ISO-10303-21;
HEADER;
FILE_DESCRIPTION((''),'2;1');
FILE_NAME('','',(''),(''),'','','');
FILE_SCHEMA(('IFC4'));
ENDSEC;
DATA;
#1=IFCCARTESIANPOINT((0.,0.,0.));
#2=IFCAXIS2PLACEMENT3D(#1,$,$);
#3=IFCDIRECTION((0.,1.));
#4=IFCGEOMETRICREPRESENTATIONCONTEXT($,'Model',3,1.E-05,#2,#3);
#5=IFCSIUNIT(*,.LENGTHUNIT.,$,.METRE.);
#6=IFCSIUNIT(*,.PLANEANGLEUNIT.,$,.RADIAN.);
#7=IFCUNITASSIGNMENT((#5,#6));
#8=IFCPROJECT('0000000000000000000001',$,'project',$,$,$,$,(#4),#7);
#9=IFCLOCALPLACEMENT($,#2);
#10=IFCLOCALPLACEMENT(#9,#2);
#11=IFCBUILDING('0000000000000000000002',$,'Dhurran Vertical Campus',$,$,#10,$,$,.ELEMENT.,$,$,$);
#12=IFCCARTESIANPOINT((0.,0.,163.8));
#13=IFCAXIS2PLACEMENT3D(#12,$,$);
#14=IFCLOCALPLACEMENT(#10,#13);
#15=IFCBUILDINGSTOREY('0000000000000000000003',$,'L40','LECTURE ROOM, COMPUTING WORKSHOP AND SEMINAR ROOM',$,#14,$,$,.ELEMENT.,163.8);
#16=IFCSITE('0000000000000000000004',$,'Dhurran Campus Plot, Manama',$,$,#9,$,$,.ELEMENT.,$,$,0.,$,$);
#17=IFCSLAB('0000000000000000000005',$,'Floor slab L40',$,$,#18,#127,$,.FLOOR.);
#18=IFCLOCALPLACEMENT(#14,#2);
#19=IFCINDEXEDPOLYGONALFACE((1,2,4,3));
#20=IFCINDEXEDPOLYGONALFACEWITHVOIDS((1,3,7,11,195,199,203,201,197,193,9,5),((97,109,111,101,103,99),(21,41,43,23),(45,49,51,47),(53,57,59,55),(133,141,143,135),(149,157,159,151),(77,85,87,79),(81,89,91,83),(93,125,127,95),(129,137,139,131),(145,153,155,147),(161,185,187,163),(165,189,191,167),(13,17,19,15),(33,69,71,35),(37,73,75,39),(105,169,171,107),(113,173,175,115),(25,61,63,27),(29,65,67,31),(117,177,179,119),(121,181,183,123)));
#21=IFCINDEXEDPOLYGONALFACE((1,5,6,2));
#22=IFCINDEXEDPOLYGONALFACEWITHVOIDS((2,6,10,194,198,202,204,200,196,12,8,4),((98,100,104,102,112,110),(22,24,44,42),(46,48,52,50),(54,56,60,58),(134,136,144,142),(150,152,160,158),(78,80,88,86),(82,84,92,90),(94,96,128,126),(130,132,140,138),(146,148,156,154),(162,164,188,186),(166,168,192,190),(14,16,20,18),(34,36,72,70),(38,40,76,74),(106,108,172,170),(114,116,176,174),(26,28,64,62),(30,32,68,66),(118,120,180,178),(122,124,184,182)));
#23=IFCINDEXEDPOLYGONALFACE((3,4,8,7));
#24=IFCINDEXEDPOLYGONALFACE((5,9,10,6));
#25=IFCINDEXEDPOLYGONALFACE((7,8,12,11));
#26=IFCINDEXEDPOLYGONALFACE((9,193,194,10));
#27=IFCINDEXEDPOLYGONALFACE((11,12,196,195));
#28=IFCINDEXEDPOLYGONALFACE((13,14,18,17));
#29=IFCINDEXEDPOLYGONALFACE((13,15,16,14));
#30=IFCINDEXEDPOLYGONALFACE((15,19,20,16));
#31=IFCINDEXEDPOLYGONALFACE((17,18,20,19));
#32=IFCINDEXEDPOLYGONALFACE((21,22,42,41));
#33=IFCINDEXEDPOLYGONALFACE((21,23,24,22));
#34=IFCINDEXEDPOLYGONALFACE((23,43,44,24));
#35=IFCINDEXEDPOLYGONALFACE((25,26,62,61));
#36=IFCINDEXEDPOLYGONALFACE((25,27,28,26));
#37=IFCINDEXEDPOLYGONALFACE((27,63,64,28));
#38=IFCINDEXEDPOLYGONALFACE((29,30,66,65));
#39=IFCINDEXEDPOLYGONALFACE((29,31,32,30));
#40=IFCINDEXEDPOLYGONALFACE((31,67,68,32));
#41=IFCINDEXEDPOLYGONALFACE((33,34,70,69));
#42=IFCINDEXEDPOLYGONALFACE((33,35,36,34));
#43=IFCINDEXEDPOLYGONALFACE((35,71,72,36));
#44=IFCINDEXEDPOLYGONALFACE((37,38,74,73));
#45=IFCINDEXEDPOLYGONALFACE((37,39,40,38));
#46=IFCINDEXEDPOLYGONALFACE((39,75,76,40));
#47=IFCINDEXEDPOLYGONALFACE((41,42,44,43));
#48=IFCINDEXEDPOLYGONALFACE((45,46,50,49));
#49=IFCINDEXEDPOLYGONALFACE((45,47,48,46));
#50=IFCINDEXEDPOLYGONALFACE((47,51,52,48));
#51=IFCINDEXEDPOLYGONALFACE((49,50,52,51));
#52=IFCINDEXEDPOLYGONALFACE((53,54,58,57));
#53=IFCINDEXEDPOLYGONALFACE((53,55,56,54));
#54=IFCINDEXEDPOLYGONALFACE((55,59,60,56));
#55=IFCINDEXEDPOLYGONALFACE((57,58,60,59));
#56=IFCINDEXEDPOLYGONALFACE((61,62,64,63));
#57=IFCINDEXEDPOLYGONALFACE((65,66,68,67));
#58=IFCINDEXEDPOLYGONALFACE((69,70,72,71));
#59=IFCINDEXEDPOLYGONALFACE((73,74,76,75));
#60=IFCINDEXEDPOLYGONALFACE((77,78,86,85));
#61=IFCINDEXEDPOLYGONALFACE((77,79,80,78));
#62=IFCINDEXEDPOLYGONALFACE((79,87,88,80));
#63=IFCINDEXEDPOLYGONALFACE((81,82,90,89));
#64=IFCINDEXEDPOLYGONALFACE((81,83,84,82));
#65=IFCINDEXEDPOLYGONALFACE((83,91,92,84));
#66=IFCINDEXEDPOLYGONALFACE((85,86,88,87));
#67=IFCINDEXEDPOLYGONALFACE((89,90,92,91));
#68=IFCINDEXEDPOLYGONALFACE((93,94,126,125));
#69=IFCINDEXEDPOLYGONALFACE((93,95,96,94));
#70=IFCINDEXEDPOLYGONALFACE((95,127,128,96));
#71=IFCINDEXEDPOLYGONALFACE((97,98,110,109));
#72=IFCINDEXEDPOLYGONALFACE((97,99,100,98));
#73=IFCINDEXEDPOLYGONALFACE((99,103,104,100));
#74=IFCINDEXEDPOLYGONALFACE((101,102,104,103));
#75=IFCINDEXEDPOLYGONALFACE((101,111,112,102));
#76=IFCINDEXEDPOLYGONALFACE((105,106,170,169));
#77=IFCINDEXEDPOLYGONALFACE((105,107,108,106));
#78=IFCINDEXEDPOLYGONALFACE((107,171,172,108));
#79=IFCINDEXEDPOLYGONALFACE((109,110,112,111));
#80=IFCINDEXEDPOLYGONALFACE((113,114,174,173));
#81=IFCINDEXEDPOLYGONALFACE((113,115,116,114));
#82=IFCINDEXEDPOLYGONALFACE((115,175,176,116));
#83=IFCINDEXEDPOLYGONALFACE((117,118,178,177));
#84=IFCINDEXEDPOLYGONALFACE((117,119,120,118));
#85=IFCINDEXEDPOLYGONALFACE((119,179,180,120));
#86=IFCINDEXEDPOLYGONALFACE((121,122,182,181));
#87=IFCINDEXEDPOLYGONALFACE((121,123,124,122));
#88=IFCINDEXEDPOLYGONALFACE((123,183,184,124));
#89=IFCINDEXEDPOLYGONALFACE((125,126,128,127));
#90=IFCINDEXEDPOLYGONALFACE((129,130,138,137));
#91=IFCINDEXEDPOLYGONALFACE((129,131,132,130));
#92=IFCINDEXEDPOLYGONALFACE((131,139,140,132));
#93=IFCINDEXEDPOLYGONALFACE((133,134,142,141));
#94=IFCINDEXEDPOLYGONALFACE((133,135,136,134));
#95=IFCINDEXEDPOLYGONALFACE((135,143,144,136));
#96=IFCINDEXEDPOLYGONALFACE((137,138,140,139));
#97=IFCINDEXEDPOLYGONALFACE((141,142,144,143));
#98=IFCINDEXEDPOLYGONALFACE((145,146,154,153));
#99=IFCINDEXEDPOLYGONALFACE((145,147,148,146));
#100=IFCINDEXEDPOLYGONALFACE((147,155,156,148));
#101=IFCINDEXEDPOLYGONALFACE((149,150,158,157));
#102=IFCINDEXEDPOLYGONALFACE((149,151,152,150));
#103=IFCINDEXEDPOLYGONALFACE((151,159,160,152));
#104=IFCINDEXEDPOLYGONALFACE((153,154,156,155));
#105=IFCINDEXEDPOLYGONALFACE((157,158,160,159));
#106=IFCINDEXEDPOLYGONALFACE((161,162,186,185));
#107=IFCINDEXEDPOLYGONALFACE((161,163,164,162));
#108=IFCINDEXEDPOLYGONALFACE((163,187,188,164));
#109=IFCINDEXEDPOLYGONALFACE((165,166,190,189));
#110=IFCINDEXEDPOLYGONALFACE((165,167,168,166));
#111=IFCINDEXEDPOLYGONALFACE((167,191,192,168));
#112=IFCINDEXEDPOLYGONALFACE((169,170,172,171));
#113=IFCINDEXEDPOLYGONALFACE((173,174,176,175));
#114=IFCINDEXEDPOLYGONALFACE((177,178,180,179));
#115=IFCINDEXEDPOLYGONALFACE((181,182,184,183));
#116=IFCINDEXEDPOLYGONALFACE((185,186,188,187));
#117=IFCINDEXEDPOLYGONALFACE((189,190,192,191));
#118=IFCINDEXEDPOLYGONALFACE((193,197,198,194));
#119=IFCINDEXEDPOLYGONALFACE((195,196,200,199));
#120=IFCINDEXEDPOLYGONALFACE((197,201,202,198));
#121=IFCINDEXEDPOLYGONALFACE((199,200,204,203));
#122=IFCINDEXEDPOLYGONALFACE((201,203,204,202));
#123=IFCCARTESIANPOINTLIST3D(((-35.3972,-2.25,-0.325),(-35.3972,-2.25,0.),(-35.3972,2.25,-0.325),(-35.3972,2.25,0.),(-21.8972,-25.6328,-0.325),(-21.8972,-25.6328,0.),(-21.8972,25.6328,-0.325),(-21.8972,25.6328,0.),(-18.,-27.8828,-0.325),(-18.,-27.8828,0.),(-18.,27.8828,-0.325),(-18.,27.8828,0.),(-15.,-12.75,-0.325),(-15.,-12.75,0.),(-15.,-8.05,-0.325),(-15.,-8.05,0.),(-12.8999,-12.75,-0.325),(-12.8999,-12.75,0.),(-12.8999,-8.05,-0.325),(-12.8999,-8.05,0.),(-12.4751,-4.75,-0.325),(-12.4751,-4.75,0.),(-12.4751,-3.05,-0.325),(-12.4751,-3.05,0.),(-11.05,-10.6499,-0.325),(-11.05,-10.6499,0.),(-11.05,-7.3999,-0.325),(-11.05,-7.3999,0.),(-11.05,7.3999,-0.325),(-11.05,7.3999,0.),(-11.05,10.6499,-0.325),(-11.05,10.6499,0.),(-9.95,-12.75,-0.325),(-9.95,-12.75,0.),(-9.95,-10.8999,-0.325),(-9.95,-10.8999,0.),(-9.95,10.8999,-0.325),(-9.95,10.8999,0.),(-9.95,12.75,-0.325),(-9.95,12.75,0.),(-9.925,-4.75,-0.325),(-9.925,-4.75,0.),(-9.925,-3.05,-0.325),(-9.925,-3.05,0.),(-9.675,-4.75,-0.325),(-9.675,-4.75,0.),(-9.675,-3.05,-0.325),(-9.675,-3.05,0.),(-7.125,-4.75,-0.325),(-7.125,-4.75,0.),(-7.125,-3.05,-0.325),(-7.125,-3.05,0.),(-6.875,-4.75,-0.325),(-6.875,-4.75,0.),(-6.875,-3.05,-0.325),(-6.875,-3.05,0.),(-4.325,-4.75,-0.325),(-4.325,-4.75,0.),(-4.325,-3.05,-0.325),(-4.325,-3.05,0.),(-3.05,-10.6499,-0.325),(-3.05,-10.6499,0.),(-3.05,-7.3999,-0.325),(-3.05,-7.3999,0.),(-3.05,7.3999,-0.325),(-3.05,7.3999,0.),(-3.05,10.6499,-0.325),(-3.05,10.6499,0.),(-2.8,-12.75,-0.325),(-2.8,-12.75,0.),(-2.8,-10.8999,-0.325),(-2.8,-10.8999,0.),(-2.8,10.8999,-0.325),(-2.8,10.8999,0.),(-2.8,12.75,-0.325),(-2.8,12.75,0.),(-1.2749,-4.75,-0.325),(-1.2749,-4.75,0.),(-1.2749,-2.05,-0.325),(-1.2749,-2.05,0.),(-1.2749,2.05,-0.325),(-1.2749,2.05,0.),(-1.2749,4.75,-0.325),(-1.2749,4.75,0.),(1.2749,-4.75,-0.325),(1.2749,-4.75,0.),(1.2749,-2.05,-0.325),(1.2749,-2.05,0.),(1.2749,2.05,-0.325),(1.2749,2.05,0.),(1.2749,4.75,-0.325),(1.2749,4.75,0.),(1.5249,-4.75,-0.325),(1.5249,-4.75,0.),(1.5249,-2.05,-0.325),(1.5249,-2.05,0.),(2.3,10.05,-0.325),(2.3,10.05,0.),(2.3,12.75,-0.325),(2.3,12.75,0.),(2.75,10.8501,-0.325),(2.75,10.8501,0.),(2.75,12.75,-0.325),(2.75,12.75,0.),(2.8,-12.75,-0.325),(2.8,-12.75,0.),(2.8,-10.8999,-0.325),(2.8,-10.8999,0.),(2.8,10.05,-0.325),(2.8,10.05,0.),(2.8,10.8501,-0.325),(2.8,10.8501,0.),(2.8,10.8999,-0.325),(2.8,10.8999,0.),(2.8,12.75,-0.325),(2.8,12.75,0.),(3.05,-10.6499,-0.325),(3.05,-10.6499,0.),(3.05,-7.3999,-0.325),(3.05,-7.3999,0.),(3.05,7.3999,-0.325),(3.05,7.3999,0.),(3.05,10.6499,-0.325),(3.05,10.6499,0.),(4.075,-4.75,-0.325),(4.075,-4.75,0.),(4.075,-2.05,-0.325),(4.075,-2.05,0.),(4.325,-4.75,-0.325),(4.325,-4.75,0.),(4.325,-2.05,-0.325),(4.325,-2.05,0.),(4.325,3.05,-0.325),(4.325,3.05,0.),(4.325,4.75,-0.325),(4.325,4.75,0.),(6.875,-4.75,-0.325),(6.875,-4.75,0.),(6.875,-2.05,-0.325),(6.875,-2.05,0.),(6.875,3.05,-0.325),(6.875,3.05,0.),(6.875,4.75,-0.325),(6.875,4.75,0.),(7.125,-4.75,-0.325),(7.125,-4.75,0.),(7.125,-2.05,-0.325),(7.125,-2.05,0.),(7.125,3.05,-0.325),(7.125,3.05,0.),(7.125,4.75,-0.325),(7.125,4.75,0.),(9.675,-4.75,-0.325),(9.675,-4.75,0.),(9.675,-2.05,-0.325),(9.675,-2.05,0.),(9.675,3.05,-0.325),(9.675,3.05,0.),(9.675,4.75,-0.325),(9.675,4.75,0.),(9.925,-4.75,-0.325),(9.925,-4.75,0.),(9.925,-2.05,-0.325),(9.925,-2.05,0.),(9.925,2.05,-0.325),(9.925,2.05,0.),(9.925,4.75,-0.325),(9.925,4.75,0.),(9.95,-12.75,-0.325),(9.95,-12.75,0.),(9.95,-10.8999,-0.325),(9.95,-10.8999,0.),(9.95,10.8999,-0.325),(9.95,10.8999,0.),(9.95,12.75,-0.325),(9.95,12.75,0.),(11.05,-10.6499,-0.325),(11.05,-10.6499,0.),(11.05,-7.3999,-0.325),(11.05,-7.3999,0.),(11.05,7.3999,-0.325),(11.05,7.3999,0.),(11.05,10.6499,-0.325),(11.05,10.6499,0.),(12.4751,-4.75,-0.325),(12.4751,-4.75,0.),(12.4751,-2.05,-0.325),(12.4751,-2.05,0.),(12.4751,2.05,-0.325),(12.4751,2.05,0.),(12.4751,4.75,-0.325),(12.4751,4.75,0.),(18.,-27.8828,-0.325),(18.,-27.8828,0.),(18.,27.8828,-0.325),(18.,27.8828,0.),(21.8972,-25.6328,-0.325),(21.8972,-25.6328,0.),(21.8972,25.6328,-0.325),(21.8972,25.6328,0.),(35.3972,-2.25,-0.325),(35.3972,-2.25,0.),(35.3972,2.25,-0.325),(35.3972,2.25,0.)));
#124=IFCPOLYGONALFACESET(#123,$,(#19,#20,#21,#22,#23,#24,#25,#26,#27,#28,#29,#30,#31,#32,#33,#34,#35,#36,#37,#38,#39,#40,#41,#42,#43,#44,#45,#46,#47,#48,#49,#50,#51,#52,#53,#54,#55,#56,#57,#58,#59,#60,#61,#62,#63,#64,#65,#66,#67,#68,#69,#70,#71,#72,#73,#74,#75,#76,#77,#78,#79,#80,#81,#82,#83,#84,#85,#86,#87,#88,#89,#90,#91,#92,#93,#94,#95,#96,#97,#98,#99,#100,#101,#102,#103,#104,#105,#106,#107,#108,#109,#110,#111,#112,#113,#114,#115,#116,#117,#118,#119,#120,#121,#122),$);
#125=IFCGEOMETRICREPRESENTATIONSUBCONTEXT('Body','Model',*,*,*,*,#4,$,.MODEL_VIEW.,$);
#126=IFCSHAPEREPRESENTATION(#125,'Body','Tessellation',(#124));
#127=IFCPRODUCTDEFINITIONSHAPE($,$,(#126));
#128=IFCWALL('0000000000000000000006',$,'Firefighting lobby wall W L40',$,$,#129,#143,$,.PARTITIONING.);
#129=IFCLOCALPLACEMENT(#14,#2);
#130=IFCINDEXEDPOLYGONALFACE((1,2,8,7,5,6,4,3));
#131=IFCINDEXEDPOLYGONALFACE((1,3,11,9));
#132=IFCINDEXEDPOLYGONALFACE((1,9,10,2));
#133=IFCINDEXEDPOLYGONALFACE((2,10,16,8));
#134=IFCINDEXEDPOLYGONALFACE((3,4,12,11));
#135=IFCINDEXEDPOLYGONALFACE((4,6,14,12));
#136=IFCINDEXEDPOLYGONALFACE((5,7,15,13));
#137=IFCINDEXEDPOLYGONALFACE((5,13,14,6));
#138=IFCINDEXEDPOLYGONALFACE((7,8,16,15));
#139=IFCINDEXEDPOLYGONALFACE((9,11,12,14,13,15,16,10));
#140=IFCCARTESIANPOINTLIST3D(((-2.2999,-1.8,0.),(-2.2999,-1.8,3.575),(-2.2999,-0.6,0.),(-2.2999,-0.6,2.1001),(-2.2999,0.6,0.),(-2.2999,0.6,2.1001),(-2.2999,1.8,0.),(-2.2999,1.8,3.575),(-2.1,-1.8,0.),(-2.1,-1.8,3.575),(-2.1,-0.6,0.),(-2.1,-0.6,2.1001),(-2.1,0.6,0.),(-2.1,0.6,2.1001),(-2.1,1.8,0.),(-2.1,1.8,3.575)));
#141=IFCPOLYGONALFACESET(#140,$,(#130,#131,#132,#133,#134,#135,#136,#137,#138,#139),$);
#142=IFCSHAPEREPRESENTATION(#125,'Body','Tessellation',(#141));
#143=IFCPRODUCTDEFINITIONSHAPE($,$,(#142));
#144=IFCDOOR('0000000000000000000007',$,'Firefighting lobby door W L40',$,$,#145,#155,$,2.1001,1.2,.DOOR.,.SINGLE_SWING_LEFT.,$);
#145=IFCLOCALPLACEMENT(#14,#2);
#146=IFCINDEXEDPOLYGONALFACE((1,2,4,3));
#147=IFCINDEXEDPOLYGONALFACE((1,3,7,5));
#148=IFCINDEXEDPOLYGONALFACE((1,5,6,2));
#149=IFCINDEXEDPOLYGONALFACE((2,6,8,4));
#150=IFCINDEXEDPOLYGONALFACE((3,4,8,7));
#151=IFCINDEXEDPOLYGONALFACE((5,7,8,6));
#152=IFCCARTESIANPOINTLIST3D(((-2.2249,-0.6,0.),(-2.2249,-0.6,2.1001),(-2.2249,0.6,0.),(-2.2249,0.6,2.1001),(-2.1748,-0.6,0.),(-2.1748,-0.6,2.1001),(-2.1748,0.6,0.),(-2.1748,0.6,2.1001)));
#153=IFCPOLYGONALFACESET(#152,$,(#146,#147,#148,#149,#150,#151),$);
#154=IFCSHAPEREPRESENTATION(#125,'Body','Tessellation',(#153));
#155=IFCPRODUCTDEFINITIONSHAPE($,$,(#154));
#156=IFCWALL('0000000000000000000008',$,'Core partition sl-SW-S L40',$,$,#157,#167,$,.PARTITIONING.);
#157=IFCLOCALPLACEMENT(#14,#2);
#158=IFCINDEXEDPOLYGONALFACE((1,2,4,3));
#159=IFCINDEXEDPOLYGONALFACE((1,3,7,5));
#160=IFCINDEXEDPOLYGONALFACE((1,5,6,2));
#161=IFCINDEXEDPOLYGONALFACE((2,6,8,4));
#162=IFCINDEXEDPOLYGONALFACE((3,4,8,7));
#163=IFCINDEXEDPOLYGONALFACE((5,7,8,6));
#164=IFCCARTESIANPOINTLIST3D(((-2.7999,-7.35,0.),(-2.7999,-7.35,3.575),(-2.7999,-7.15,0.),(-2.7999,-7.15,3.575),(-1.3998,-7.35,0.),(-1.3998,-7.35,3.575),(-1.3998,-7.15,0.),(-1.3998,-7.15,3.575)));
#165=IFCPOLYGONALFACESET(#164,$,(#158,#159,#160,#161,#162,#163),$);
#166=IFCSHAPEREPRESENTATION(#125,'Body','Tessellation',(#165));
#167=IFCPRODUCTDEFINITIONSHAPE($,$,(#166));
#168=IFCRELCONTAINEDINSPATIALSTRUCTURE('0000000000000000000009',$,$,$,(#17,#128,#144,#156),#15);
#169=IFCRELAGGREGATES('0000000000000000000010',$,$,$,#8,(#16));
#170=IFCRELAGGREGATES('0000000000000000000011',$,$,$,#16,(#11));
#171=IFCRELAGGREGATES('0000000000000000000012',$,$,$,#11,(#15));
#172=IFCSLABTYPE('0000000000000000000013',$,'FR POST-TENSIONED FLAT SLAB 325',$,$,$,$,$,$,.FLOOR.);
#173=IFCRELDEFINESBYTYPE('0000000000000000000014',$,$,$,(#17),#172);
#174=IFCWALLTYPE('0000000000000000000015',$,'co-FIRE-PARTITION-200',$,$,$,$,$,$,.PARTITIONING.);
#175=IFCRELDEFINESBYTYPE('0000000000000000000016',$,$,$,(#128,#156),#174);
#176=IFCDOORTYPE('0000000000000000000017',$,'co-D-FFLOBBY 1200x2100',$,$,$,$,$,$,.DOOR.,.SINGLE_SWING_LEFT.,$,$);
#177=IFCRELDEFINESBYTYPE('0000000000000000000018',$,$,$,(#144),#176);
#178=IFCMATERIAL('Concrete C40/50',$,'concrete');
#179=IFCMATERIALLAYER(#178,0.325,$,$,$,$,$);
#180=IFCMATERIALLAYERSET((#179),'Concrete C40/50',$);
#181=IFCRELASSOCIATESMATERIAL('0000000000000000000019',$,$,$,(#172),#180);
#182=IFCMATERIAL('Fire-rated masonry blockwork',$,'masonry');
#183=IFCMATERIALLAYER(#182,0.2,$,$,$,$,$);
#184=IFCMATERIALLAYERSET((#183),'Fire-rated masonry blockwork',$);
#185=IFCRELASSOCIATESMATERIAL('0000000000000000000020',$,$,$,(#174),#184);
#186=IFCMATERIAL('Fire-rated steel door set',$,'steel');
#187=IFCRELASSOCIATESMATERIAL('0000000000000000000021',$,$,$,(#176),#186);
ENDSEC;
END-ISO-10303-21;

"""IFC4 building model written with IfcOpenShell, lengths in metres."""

from ifc_helpers import new_model, si_unit, direction, frame, frame_2d, origin, place, context, subcontext, project, spatial, polyline, rectangle, outline, extrude, material, layer, layer_set, type_object, element, fill, save


model = new_model("IFC4")

# Units and contexts
model_context = context("Model", 3, precision=1e-05, world=origin(), true_north=direction((0.0, 1.0)))
body_context = subcontext(model_context, "Body", "Model", "MODEL_VIEW")
ifc_project = project(units=[si_unit("LENGTHUNIT", "METRE"), si_unit("PLANEANGLEUNIT", "RADIAN")], contexts=[model_context])

# Site, building, storey
site_placement = place(None, origin())
site = spatial("IfcSite", under=ifc_project, at=site_placement, Name="Dhurran Campus Plot, Manama", CompositionType="ELEMENT", RefElevation=0.0)
building_placement = place(site_placement, origin())
building = spatial("IfcBuilding", under=site, at=building_placement, Name="Dhurran Vertical Campus", CompositionType="ELEMENT")
storey_placement = place(building_placement, frame((0.0, 0.0, 163.8)))
storey = spatial("IfcBuildingStorey", under=building, at=storey_placement, Name="L40", Description="LECTURE ROOM, COMPUTING WORKSHOP AND SEMINAR ROOM", CompositionType="ELEMENT", Elevation=163.8)

# Slab
ifc_material_1 = material(Name="Concrete C40/50", Category="concrete")
ifc_layer_1 = layer(ifc_material_1, 0.325)
ifc_layer_set_1 = layer_set([ifc_layer_1], Name="Concrete C40/50")
slab_type = type_object("IfcSlabType", Name="FR POST-TENSIONED FLAT SLAB 325", PredefinedType="FLOOR", material=ifc_layer_set_1)
slab_placement = place(storey_placement, frame((0.0, 0.0, -0.325)))
element("IfcSlab", 1, at=slab_placement, inside=storey, type_object=slab_type, Name="Floor slab L40", PredefinedType="FLOOR", context=body_context, shape_type="SweptSolid", body=[
    extrude(outline(polyline([(-18.0, -27.8828), (18.0, -27.8828), (21.8972, -25.6328), (35.3972, -2.25), (35.3972, 2.25), (21.8972, 25.6328), (18.0, 27.8828), (-18.0, 27.8828), (-21.8972, 25.6328), (-35.3972, 2.25), (-35.3972, -2.25), (-21.8972, -25.6328), (-18.0, -27.8828)]), holes=[polyline([(-1.2749, 2.05), (1.2749, 2.05), (1.2749, 4.75), (-1.2749, 4.75), (-1.2749, 2.05)]), polyline([(9.925, 2.05), (12.4751, 2.05), (12.4751, 4.75), (9.925, 4.75), (9.925, 2.05)]), polyline([(-1.2749, -4.75), (1.2749, -4.75), (1.2749, -2.05), (-1.2749, -2.05), (-1.2749, -4.75)]), polyline([(1.5249, -4.75), (4.075, -4.75), (4.075, -2.05), (1.5249, -2.05), (1.5249, -4.75)]), polyline([(4.325, -4.75), (6.875, -4.75), (6.875, -2.05), (4.325, -2.05), (4.325, -4.75)]), polyline([(7.125, -4.75), (9.675, -4.75), (9.675, -2.05), (7.125, -2.05), (7.125, -4.75)]), polyline([(9.925, -4.75), (12.4751, -4.75), (12.4751, -2.05), (9.925, -2.05), (9.925, -4.75)]), polyline([(4.325, 3.05), (6.875, 3.05), (6.875, 4.75), (4.325, 4.75), (4.325, 3.05)]), polyline([(7.125, 3.05), (9.675, 3.05), (9.675, 4.75), (7.125, 4.75), (7.125, 3.05)]), polyline([(-12.4751, -4.75), (-9.925, -4.75), (-9.925, -3.05), (-12.4751, -3.05), (-12.4751, -4.75)]), polyline([(-9.675, -4.75), (-7.125, -4.75), (-7.125, -3.05), (-9.675, -3.05), (-9.675, -4.75)]), polyline([(-6.875, -4.75), (-4.325, -4.75), (-4.325, -3.05), (-6.875, -3.05), (-6.875, -4.75)]), polyline([(-11.05, 7.3999), (-3.05, 7.3999), (-3.05, 10.6499), (-11.05, 10.6499), (-11.05, 7.3999)]), polyline([(3.05, 7.3999), (11.05, 7.3999), (11.05, 10.6499), (3.05, 10.6499), (3.05, 7.3999)]), polyline([(-11.05, -10.6499), (-3.05, -10.6499), (-3.05, -7.3999), (-11.05, -7.3999), (-11.05, -10.6499)]), polyline([(3.05, -10.6499), (11.05, -10.6499), (11.05, -7.3999), (3.05, -7.3999), (3.05, -10.6499)]), polyline([(-9.95, 10.8999), (-9.95, 12.75), (-2.8, 12.75), (-2.8, 10.8999), (-9.95, 10.8999)]), polyline([(9.95, 12.75), (9.95, 10.8999), (2.8, 10.8999), (2.8, 12.75), (9.95, 12.75)]), polyline([(-9.95, -12.75), (-9.95, -10.8999), (-2.8, -10.8999), (-2.8, -12.75), (-9.95, -12.75)]), polyline([(9.95, -10.8999), (9.95, -12.75), (2.8, -12.75), (2.8, -10.8999), (9.95, -10.8999)]), polyline([(2.3, 10.05), (2.3, 12.75), (2.75, 12.75), (2.75, 10.8501), (2.8, 10.8501), (2.8, 10.05), (2.3, 10.05)]), polyline([(-15.0, -8.05), (-12.8999, -8.05), (-12.8999, -12.75), (-15.0, -12.75), (-15.0, -8.05)])]), origin(), (0.0, 0.0, 1.0), 0.325),
])

# Wall, opening, door
ifc_material_2 = material(Name="Fire-rated masonry blockwork", Category="masonry")
ifc_layer_2 = layer(ifc_material_2, 0.2)
ifc_layer_set_2 = layer_set([ifc_layer_2], Name="Fire-rated masonry blockwork")
wall_type_1 = type_object("IfcWallType", Name="co-FIRE-PARTITION-200", PredefinedType="PARTITIONING", material=ifc_layer_set_2)
wall_1_placement = place(storey_placement, frame((-2.2, -1.8, 0.0), z_axis=(0.0, 0.0, 1.0), x_axis=(0.0, 1.0, 0.0)))
wall_1 = element("IfcWall", 2, at=wall_1_placement, inside=storey, type_object=wall_type_1, Name="Firefighting lobby wall W L40", PredefinedType="PARTITIONING", context=body_context, shape_type="SweptSolid", body=[
    extrude(rectangle(XDim=3.6001, YDim=0.2, at=frame_2d((1.8, 0.0))), origin(), (0.0, 0.0, 1.0), 3.575),
])
opening_1_placement = place(wall_1_placement, frame((1.2, 0.0, 0.0)))
opening_1 = element("IfcOpeningElement", 3, at=opening_1_placement, cuts=wall_1, PredefinedType="OPENING", context=body_context, shape_type="SweptSolid", body=[
    extrude(rectangle(XDim=1.2, YDim=2.1001, at=frame_2d((0.6001, 1.05))), frame((0.0, 0.1099, 0.0), z_axis=(0.0, -1.0, 0.0), x_axis=(1.0, 0.0, 0.0)), (0.0, 0.0, 1.0), 0.22),
])
ifc_material_3 = material(Name="Fire-rated steel door set", Category="steel")
door_type_1 = type_object("IfcDoorType", Name="co-D-FFLOBBY 1200x2100", OperationType="SINGLE_SWING_LEFT", PredefinedType="DOOR", material=ifc_material_3)
door_1_placement = place(opening_1_placement, origin())
door_1 = element("IfcDoor", 4, at=door_1_placement, inside=storey, type_object=door_type_1, Name="Firefighting lobby door W L40", OperationType="SINGLE_SWING_LEFT", OverallHeight=2.1001, OverallWidth=1.2, PredefinedType="DOOR", context=body_context, shape_type="SweptSolid", body=[
    extrude(rectangle(XDim=1.2, YDim=2.1001, at=frame_2d((0.6001, 1.05))), frame((0.0, 0.0249, 0.0), z_axis=(0.0, -1.0, 0.0), x_axis=(1.0, 0.0, 0.0)), (0.0, 0.0, 1.0), 0.05),
])
fill(opening_1, door_1)

# Wall
wall_2_placement = place(storey_placement, frame((-2.8, -7.25, 0.0), z_axis=(0.0, 0.0, 1.0), x_axis=(1.0, 0.0, 0.0)))
element("IfcWall", 5, at=wall_2_placement, inside=storey, type_object=wall_type_1, Name="Core partition sl-SW-S L40", PredefinedType="PARTITIONING", context=body_context, shape_type="SweptSolid", body=[
    extrude(rectangle(XDim=1.4001, YDim=0.2, at=frame_2d((0.7002, 0.0))), origin(), (0.0, 0.0, 1.0), 3.575),
])

save(model, "model.ifc")
